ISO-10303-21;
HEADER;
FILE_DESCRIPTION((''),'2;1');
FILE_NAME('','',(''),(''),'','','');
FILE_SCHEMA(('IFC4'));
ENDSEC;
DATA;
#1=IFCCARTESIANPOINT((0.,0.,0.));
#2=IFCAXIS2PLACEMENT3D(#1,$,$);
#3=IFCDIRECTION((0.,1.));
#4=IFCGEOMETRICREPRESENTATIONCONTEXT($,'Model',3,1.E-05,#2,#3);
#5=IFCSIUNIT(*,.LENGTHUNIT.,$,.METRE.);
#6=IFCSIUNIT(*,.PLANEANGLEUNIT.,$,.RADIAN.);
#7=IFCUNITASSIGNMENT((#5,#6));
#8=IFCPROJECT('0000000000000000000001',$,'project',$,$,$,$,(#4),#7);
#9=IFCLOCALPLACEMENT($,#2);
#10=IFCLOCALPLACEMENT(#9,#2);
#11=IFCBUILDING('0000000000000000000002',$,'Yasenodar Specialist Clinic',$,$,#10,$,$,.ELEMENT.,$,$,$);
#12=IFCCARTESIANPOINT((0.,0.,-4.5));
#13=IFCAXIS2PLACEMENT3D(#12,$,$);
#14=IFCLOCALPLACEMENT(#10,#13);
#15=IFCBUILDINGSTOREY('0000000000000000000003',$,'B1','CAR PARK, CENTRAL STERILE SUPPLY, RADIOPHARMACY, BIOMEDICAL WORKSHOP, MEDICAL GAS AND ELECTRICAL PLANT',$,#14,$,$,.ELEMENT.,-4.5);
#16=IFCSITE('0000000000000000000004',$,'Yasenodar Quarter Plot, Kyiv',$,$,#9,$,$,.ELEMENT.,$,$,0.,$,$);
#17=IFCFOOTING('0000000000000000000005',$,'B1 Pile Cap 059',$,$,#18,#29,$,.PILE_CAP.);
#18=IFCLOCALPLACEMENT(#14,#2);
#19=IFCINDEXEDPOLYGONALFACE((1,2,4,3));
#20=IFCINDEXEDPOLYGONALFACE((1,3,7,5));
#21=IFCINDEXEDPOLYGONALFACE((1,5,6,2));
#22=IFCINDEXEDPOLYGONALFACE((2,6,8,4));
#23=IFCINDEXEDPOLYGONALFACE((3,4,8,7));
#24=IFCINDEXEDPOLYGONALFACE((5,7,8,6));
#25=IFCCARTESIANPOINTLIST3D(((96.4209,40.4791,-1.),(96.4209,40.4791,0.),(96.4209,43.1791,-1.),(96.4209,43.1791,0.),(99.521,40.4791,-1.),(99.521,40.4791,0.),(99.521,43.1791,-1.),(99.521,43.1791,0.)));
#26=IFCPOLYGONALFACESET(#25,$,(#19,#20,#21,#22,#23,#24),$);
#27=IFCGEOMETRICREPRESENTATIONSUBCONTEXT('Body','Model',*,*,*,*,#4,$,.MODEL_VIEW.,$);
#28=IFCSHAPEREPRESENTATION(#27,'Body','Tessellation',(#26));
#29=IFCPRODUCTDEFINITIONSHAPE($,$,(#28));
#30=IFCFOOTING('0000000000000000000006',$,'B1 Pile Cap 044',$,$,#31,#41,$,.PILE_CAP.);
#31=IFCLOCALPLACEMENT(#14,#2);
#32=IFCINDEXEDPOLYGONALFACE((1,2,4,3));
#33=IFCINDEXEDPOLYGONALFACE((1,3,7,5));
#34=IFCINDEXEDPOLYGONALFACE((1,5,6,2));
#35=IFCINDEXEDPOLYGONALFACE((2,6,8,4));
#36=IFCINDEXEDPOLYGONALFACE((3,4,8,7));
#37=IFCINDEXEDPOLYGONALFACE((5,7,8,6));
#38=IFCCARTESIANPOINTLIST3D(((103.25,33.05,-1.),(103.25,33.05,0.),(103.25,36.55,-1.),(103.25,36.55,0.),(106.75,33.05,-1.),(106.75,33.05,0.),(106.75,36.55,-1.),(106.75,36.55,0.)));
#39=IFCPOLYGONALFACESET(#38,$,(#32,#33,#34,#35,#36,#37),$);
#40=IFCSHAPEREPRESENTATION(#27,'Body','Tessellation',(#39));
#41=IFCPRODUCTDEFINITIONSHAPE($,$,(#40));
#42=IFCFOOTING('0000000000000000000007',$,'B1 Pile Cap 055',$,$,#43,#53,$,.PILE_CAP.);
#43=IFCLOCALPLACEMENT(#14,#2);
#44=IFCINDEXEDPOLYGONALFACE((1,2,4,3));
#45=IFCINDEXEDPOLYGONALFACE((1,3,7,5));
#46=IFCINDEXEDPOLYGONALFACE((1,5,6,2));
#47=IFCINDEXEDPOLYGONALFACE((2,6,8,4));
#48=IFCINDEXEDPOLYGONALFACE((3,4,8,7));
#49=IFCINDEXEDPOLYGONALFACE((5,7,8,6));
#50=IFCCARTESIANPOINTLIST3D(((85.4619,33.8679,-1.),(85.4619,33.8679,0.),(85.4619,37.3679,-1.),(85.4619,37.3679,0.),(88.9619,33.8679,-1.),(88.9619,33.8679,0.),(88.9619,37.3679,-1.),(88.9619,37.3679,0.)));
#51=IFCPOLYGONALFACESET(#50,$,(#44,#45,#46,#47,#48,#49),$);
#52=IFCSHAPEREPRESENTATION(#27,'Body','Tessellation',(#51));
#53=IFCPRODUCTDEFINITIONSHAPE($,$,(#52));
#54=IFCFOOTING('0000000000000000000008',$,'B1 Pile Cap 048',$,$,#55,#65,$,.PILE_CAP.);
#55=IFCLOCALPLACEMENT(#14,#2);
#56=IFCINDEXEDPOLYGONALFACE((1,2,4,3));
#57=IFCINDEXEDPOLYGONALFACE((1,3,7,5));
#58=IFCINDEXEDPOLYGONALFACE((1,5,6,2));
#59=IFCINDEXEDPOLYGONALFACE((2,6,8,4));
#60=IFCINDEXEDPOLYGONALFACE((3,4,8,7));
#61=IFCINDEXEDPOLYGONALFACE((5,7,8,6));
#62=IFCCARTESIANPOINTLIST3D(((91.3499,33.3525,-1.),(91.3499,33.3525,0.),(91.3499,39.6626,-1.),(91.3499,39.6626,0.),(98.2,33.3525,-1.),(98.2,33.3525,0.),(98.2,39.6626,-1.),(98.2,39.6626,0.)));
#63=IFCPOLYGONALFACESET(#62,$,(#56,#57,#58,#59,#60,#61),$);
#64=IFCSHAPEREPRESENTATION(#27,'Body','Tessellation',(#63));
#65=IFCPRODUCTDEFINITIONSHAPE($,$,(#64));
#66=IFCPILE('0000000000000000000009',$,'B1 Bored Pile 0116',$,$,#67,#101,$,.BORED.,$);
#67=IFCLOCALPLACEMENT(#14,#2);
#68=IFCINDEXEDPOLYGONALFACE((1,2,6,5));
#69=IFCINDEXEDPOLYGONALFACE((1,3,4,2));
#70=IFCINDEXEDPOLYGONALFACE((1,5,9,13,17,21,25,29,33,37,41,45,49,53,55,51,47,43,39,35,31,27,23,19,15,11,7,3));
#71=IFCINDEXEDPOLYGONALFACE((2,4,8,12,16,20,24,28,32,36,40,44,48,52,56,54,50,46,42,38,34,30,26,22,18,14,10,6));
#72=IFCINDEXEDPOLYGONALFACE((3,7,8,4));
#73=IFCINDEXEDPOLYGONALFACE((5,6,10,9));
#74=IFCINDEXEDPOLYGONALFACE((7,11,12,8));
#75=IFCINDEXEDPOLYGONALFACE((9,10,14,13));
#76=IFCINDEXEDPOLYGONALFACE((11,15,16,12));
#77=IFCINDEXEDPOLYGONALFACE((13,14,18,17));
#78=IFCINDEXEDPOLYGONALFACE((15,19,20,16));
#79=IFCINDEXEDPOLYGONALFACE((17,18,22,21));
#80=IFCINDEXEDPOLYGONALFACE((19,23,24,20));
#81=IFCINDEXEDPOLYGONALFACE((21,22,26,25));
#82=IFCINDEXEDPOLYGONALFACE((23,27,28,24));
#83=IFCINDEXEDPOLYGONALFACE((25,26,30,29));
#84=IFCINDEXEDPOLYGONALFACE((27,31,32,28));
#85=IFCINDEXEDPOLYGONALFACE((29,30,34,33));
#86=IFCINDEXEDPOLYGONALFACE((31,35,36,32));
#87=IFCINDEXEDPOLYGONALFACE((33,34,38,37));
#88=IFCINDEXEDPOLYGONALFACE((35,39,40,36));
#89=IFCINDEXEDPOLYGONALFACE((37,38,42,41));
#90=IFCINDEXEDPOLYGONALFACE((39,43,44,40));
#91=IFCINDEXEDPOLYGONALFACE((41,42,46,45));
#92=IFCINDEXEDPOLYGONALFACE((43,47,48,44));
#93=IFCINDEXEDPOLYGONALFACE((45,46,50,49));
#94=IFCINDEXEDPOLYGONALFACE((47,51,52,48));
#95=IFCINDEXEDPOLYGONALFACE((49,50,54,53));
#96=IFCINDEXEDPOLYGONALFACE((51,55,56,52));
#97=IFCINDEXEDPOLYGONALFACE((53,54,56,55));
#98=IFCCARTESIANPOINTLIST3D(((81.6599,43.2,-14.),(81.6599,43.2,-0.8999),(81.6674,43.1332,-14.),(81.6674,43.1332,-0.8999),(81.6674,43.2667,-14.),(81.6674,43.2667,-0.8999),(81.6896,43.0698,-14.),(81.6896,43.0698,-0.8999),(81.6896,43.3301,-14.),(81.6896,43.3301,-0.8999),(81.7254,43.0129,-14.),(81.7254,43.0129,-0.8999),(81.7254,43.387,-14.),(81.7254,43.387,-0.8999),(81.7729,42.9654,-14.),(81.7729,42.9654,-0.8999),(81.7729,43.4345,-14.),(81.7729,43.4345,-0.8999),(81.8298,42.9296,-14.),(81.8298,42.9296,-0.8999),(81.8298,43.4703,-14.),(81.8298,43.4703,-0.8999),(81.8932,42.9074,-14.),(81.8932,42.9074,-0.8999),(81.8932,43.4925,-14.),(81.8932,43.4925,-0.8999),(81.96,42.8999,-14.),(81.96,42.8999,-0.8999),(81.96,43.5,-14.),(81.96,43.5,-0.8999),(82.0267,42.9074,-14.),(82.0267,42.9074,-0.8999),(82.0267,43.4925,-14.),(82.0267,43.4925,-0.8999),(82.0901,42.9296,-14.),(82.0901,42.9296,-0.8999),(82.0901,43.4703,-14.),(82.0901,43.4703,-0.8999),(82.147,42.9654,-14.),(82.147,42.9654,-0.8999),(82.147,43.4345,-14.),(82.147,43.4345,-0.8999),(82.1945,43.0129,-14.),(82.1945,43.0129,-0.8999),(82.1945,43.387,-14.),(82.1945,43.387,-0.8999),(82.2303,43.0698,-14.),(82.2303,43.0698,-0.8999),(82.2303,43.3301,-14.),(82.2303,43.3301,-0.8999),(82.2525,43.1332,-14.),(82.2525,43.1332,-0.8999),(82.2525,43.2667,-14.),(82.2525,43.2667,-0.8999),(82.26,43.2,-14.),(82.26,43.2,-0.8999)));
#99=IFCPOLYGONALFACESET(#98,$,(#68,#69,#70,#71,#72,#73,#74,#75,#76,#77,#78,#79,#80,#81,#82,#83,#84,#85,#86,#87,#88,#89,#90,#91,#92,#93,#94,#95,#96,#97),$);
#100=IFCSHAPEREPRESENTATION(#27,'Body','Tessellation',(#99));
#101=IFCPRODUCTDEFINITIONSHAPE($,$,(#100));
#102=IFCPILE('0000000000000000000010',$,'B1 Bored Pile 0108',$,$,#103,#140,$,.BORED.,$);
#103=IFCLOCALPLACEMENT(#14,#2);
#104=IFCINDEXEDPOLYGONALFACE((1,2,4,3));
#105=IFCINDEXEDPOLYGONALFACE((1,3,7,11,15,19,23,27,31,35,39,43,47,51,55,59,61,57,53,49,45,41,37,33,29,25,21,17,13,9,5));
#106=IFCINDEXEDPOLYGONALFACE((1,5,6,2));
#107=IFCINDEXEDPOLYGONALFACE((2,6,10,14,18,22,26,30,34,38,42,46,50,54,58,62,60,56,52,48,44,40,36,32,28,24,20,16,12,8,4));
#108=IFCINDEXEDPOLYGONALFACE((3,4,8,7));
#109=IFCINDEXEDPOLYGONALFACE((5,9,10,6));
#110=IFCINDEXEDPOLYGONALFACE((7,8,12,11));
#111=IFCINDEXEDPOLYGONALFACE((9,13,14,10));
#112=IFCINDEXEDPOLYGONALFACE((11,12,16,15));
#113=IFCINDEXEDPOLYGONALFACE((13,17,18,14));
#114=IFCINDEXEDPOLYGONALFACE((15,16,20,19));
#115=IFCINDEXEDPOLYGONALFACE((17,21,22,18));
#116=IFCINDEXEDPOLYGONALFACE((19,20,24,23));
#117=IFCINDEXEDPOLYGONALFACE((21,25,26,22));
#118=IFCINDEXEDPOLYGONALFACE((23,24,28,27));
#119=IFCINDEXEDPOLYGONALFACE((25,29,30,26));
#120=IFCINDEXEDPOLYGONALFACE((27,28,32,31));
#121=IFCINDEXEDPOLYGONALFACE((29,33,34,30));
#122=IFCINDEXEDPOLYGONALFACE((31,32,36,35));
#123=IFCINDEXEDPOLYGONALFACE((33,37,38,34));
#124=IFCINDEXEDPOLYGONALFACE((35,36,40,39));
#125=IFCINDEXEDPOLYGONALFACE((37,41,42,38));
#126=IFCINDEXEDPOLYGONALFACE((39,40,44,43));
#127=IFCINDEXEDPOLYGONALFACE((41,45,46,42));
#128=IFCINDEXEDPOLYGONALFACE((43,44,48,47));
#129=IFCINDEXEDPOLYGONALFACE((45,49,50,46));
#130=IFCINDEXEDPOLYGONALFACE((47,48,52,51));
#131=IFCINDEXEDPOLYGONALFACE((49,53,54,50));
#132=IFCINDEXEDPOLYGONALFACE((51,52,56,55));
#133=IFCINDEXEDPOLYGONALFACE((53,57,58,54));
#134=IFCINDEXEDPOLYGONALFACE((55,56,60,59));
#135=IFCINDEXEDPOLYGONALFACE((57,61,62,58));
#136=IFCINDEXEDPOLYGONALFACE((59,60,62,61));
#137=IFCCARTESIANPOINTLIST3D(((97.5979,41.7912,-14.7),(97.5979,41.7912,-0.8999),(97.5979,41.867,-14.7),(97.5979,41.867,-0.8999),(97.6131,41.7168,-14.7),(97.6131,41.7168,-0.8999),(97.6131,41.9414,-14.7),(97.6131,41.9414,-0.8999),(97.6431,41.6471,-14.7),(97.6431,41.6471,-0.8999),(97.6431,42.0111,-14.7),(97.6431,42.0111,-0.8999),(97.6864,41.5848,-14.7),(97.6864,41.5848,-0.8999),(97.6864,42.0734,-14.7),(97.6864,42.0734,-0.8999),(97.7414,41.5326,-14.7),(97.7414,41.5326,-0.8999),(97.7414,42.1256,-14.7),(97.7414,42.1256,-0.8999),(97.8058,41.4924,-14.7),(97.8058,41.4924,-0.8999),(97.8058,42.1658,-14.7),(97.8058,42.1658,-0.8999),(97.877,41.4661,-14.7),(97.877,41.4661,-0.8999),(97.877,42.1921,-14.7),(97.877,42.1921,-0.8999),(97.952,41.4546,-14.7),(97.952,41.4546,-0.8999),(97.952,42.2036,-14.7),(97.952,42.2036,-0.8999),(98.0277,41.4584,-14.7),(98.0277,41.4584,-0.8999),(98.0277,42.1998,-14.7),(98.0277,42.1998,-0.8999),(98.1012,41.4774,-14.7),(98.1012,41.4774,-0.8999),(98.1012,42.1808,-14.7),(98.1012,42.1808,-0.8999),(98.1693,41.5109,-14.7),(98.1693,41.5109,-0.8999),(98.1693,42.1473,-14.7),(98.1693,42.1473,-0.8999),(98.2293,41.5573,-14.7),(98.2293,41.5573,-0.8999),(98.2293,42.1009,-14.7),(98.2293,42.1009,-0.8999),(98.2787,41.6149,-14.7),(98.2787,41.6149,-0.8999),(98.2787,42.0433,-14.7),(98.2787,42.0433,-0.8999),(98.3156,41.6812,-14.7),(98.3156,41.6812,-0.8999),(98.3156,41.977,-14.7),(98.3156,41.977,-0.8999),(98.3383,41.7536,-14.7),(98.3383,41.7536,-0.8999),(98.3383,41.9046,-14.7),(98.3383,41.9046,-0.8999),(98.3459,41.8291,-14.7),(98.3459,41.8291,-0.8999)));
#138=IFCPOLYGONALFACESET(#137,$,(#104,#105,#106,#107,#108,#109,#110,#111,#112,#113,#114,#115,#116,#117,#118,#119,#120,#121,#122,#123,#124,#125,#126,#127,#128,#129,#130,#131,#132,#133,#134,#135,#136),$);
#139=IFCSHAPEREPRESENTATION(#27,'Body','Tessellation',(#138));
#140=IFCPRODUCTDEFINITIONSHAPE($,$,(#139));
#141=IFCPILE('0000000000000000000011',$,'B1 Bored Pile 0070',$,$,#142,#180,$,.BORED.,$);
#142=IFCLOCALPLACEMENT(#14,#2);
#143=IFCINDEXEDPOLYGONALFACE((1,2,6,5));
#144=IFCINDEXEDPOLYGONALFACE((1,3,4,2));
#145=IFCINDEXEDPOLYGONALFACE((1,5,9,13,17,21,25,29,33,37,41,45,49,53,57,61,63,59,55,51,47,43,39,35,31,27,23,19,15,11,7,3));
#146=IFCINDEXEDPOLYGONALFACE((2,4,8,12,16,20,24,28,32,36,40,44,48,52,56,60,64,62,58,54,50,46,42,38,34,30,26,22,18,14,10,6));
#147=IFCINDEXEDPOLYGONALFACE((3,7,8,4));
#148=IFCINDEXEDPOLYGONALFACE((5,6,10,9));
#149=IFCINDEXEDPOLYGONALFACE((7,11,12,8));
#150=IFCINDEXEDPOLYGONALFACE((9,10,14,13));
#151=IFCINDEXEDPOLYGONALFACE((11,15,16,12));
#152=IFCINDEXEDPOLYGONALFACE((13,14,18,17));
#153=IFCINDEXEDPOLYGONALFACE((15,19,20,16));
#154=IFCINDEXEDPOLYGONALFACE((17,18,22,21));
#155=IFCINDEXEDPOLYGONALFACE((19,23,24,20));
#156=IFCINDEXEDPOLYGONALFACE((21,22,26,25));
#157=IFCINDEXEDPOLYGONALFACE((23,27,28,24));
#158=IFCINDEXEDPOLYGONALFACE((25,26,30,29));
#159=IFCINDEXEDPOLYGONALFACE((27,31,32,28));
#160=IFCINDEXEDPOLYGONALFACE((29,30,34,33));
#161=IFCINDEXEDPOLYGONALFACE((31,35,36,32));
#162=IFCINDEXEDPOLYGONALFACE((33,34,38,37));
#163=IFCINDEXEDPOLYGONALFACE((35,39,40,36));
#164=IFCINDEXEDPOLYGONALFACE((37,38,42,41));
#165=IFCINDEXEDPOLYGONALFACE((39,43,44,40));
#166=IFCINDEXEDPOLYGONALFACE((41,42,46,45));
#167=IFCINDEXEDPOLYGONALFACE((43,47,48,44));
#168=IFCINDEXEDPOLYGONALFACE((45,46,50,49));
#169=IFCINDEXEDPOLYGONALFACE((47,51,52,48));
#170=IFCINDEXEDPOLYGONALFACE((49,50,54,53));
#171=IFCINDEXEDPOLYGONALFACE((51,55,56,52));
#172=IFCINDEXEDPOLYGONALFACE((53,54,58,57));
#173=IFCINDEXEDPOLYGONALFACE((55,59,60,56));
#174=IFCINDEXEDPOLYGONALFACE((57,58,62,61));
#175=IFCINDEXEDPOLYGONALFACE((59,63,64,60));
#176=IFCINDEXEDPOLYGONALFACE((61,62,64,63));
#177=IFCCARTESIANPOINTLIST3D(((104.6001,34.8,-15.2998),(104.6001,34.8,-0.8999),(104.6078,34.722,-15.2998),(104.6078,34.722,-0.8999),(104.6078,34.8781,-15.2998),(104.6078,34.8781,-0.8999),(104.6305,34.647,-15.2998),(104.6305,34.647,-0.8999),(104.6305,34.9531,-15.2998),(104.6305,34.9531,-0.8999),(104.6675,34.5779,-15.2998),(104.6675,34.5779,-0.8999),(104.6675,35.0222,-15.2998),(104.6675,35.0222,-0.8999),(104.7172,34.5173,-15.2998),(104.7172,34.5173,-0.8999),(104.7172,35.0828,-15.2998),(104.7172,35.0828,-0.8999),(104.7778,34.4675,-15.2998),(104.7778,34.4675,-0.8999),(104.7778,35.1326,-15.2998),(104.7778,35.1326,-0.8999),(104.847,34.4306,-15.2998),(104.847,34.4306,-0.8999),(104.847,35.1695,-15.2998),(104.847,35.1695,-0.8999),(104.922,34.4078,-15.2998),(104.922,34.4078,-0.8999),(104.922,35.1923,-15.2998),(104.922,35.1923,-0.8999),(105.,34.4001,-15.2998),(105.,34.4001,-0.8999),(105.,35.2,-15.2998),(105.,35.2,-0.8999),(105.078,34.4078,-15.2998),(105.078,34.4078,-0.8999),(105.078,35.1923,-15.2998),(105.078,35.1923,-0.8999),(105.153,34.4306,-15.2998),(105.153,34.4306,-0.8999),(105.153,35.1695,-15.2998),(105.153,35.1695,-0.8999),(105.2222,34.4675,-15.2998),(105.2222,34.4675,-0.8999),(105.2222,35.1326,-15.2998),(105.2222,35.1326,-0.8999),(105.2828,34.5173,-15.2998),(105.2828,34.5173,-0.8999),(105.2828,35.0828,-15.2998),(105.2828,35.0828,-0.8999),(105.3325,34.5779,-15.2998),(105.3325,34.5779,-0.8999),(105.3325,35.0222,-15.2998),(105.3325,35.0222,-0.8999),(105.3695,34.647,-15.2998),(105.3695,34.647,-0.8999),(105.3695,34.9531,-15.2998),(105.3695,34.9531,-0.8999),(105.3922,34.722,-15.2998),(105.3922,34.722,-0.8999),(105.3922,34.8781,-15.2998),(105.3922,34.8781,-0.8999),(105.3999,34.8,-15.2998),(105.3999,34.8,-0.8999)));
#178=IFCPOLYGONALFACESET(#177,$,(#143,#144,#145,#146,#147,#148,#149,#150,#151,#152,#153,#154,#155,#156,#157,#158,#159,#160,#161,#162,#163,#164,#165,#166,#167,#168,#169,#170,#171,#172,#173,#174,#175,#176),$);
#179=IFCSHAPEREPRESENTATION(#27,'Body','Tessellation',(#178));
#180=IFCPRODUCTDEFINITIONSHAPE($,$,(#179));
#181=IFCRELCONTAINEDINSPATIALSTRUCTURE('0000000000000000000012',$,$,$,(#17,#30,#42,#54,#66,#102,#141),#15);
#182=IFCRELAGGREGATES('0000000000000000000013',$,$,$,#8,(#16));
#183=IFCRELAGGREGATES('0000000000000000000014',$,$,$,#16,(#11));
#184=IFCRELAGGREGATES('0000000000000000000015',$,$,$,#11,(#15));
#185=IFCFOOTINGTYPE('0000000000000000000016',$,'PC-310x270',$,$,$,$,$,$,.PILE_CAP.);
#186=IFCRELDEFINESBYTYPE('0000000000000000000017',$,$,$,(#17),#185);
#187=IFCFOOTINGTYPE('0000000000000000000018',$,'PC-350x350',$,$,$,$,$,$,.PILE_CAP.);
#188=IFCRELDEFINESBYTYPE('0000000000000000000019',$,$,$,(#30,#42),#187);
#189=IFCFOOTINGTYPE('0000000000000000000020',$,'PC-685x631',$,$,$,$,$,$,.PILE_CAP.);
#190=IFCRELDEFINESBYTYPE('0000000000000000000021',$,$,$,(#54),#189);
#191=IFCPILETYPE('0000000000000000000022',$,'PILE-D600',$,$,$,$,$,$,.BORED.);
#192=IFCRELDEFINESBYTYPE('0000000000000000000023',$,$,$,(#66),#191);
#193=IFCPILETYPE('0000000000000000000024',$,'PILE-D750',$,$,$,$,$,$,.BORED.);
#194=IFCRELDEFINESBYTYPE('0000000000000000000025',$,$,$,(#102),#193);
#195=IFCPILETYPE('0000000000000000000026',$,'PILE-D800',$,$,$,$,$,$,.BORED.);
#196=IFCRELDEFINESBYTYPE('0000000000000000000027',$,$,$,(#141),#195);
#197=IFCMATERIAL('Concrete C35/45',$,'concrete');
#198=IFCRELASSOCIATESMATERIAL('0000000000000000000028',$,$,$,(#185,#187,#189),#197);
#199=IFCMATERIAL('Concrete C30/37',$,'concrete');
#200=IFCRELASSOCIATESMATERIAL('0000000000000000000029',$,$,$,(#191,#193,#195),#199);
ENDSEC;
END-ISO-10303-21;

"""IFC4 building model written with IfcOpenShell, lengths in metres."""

from ifc_helpers import new_model, si_unit, direction, frame, origin, origin_2d, place, context, subcontext, project, spatial, rectangle, circle, extrude, material, material_profile, profile_set, type_object, element, save


model = new_model("IFC4")

# Units and contexts
model_context = context("Model", 3, precision=1e-05, world=origin(), true_north=direction((0.0, 1.0)))
body_context = subcontext(model_context, "Body", "Model", "MODEL_VIEW")
ifc_project = project(units=[si_unit("LENGTHUNIT", "METRE"), si_unit("PLANEANGLEUNIT", "RADIAN")], contexts=[model_context])

# Site, building, storey
site_placement = place(None, origin())
site = spatial("IfcSite", under=ifc_project, at=site_placement, Name="Yasenodar Quarter Plot, Kyiv", CompositionType="ELEMENT", RefElevation=0.0)
building_placement = place(site_placement, origin())
building = spatial("IfcBuilding", under=site, at=building_placement, Name="Yasenodar Specialist Clinic", CompositionType="ELEMENT")
storey_placement = place(building_placement, frame((0.0, 0.0, -4.5)))
storey = spatial("IfcBuildingStorey", under=building, at=storey_placement, Name="B1", Description="CAR PARK, CENTRAL STERILE SUPPLY, RADIOPHARMACY, BIOMEDICAL WORKSHOP, MEDICAL GAS AND ELECTRICAL PLANT", CompositionType="ELEMENT", Elevation=-4.5)

# Footings
ifc_material_1 = material(Name="Concrete C35/45", Category="concrete")
footing_type_1 = type_object("IfcFootingType", Name="PC-310x270", PredefinedType="PILE_CAP", material=ifc_material_1)
footing_1_placement = place(storey_placement, frame((97.9709, 41.8291, -1.0), z_axis=(0.0, 0.0, 1.0), x_axis=(1.0, 0.0, 0.0)))
element("IfcFooting", 1, at=footing_1_placement, inside=storey, type_object=footing_type_1, Name="B1 Pile Cap 059", PredefinedType="PILE_CAP", context=body_context, shape_type="SweptSolid", body=[
    extrude(rectangle(XDim=3.1001, YDim=2.7, at=origin_2d()), origin(), (0.0, 0.0, 1.0), 1.0),
])
footing_type_2 = type_object("IfcFootingType", Name="PC-350x350", PredefinedType="PILE_CAP", material=ifc_material_1)
for number, where, z_axis, x_axis, name in (
    (2, (105.0, 34.8, -1.0), (0.0, 0.0, 1.0), (1.0, 0.0, 0.0), "B1 Pile Cap 044"),
    (3, (87.2119, 35.6179, -1.0), (0.0, 0.0, 1.0), (1.0, 0.0, 0.0), "B1 Pile Cap 055"),
):
    element("IfcFooting", number, at=place(storey_placement, frame(where, z_axis=z_axis, x_axis=x_axis)), inside=storey, type_object=footing_type_2, Name=name, PredefinedType="PILE_CAP", context=body_context, shape_type="SweptSolid", body=[
        extrude(rectangle(XDim=3.5, YDim=3.5, at=origin_2d()), origin(), (0.0, 0.0, 1.0), 1.0),
    ])
footing_type_3 = type_object("IfcFootingType", Name="PC-685x631", PredefinedType="PILE_CAP", material=ifc_material_1)
footing_2_placement = place(storey_placement, frame((94.7749, 36.5076, -1.0), z_axis=(0.0, 0.0, 1.0), x_axis=(1.0, 0.0, 0.0)))
element("IfcFooting", 4, at=footing_2_placement, inside=storey, type_object=footing_type_3, Name="B1 Pile Cap 048", PredefinedType="PILE_CAP", context=body_context, shape_type="SweptSolid", body=[
    extrude(rectangle(XDim=6.8501, YDim=6.3101, at=origin_2d()), origin(), (0.0, 0.0, 1.0), 1.0),
])

# Piles
ifc_material_2 = material(Name="Concrete C30/37", Category="concrete")
ifc_material_profile_1 = material_profile(ifc_material_2, circle(Radius=0.3, at=origin_2d()), Name="PILE D600")
ifc_profile_set_1 = profile_set([ifc_material_profile_1], Name="Concrete C30/37")
pile_type_1 = type_object("IfcPileType", Name="PILE-D600", PredefinedType="BORED", material=ifc_profile_set_1)
pile_1_placement = place(storey_placement, frame((81.96, 43.2, -0.8999), z_axis=(0.0, 0.0, -1.0), x_axis=(1.0, 0.0, 0.0)))
element("IfcPile", 5, at=pile_1_placement, inside=storey, type_object=pile_type_1, Name="B1 Bored Pile 0116", PredefinedType="BORED", context=body_context, shape_type="SweptSolid", body=[
    extrude(circle(Radius=0.3, at=origin_2d()), origin(), (0.0, 0.0, 1.0), 13.1001),
])
ifc_material_profile_2 = material_profile(ifc_material_2, circle(Radius=0.375, at=origin_2d()), Name="PILE D750")
ifc_profile_set_2 = profile_set([ifc_material_profile_2], Name="Concrete C30/37")
pile_type_2 = type_object("IfcPileType", Name="PILE-D750", PredefinedType="BORED", material=ifc_profile_set_2)
pile_2_placement = place(storey_placement, frame((97.9709, 41.8291, -0.8999), z_axis=(0.0, 0.0, -1.0), x_axis=(1.0, 0.0, 0.0)))
element("IfcPile", 6, at=pile_2_placement, inside=storey, type_object=pile_type_2, Name="B1 Bored Pile 0108", PredefinedType="BORED", context=body_context, shape_type="SweptSolid", body=[
    extrude(circle(Radius=0.375, at=origin_2d()), origin(), (0.0, 0.0, 1.0), 13.8),
])
ifc_material_profile_3 = material_profile(ifc_material_2, circle(Radius=0.3999, at=origin_2d()), Name="PILE D800")
ifc_profile_set_3 = profile_set([ifc_material_profile_3], Name="Concrete C30/37")
pile_type_3 = type_object("IfcPileType", Name="PILE-D800", PredefinedType="BORED", material=ifc_profile_set_3)
for number, where, z_axis, x_axis, name in (
    (7, (105.0, 34.8, -0.8999), (0.0, 0.0, -1.0), (1.0, 0.0, 0.0), "B1 Bored Pile 0070"),
):
    element("IfcPile", number, at=place(storey_placement, frame(where, z_axis=z_axis, x_axis=x_axis)), inside=storey, type_object=pile_type_3, Name=name, PredefinedType="BORED", context=body_context, shape_type="SweptSolid", body=[
        extrude(circle(Radius=0.3999, at=origin_2d()), origin(), (0.0, 0.0, 1.0), 14.3999),
    ])

save(model, "model.ifc")
